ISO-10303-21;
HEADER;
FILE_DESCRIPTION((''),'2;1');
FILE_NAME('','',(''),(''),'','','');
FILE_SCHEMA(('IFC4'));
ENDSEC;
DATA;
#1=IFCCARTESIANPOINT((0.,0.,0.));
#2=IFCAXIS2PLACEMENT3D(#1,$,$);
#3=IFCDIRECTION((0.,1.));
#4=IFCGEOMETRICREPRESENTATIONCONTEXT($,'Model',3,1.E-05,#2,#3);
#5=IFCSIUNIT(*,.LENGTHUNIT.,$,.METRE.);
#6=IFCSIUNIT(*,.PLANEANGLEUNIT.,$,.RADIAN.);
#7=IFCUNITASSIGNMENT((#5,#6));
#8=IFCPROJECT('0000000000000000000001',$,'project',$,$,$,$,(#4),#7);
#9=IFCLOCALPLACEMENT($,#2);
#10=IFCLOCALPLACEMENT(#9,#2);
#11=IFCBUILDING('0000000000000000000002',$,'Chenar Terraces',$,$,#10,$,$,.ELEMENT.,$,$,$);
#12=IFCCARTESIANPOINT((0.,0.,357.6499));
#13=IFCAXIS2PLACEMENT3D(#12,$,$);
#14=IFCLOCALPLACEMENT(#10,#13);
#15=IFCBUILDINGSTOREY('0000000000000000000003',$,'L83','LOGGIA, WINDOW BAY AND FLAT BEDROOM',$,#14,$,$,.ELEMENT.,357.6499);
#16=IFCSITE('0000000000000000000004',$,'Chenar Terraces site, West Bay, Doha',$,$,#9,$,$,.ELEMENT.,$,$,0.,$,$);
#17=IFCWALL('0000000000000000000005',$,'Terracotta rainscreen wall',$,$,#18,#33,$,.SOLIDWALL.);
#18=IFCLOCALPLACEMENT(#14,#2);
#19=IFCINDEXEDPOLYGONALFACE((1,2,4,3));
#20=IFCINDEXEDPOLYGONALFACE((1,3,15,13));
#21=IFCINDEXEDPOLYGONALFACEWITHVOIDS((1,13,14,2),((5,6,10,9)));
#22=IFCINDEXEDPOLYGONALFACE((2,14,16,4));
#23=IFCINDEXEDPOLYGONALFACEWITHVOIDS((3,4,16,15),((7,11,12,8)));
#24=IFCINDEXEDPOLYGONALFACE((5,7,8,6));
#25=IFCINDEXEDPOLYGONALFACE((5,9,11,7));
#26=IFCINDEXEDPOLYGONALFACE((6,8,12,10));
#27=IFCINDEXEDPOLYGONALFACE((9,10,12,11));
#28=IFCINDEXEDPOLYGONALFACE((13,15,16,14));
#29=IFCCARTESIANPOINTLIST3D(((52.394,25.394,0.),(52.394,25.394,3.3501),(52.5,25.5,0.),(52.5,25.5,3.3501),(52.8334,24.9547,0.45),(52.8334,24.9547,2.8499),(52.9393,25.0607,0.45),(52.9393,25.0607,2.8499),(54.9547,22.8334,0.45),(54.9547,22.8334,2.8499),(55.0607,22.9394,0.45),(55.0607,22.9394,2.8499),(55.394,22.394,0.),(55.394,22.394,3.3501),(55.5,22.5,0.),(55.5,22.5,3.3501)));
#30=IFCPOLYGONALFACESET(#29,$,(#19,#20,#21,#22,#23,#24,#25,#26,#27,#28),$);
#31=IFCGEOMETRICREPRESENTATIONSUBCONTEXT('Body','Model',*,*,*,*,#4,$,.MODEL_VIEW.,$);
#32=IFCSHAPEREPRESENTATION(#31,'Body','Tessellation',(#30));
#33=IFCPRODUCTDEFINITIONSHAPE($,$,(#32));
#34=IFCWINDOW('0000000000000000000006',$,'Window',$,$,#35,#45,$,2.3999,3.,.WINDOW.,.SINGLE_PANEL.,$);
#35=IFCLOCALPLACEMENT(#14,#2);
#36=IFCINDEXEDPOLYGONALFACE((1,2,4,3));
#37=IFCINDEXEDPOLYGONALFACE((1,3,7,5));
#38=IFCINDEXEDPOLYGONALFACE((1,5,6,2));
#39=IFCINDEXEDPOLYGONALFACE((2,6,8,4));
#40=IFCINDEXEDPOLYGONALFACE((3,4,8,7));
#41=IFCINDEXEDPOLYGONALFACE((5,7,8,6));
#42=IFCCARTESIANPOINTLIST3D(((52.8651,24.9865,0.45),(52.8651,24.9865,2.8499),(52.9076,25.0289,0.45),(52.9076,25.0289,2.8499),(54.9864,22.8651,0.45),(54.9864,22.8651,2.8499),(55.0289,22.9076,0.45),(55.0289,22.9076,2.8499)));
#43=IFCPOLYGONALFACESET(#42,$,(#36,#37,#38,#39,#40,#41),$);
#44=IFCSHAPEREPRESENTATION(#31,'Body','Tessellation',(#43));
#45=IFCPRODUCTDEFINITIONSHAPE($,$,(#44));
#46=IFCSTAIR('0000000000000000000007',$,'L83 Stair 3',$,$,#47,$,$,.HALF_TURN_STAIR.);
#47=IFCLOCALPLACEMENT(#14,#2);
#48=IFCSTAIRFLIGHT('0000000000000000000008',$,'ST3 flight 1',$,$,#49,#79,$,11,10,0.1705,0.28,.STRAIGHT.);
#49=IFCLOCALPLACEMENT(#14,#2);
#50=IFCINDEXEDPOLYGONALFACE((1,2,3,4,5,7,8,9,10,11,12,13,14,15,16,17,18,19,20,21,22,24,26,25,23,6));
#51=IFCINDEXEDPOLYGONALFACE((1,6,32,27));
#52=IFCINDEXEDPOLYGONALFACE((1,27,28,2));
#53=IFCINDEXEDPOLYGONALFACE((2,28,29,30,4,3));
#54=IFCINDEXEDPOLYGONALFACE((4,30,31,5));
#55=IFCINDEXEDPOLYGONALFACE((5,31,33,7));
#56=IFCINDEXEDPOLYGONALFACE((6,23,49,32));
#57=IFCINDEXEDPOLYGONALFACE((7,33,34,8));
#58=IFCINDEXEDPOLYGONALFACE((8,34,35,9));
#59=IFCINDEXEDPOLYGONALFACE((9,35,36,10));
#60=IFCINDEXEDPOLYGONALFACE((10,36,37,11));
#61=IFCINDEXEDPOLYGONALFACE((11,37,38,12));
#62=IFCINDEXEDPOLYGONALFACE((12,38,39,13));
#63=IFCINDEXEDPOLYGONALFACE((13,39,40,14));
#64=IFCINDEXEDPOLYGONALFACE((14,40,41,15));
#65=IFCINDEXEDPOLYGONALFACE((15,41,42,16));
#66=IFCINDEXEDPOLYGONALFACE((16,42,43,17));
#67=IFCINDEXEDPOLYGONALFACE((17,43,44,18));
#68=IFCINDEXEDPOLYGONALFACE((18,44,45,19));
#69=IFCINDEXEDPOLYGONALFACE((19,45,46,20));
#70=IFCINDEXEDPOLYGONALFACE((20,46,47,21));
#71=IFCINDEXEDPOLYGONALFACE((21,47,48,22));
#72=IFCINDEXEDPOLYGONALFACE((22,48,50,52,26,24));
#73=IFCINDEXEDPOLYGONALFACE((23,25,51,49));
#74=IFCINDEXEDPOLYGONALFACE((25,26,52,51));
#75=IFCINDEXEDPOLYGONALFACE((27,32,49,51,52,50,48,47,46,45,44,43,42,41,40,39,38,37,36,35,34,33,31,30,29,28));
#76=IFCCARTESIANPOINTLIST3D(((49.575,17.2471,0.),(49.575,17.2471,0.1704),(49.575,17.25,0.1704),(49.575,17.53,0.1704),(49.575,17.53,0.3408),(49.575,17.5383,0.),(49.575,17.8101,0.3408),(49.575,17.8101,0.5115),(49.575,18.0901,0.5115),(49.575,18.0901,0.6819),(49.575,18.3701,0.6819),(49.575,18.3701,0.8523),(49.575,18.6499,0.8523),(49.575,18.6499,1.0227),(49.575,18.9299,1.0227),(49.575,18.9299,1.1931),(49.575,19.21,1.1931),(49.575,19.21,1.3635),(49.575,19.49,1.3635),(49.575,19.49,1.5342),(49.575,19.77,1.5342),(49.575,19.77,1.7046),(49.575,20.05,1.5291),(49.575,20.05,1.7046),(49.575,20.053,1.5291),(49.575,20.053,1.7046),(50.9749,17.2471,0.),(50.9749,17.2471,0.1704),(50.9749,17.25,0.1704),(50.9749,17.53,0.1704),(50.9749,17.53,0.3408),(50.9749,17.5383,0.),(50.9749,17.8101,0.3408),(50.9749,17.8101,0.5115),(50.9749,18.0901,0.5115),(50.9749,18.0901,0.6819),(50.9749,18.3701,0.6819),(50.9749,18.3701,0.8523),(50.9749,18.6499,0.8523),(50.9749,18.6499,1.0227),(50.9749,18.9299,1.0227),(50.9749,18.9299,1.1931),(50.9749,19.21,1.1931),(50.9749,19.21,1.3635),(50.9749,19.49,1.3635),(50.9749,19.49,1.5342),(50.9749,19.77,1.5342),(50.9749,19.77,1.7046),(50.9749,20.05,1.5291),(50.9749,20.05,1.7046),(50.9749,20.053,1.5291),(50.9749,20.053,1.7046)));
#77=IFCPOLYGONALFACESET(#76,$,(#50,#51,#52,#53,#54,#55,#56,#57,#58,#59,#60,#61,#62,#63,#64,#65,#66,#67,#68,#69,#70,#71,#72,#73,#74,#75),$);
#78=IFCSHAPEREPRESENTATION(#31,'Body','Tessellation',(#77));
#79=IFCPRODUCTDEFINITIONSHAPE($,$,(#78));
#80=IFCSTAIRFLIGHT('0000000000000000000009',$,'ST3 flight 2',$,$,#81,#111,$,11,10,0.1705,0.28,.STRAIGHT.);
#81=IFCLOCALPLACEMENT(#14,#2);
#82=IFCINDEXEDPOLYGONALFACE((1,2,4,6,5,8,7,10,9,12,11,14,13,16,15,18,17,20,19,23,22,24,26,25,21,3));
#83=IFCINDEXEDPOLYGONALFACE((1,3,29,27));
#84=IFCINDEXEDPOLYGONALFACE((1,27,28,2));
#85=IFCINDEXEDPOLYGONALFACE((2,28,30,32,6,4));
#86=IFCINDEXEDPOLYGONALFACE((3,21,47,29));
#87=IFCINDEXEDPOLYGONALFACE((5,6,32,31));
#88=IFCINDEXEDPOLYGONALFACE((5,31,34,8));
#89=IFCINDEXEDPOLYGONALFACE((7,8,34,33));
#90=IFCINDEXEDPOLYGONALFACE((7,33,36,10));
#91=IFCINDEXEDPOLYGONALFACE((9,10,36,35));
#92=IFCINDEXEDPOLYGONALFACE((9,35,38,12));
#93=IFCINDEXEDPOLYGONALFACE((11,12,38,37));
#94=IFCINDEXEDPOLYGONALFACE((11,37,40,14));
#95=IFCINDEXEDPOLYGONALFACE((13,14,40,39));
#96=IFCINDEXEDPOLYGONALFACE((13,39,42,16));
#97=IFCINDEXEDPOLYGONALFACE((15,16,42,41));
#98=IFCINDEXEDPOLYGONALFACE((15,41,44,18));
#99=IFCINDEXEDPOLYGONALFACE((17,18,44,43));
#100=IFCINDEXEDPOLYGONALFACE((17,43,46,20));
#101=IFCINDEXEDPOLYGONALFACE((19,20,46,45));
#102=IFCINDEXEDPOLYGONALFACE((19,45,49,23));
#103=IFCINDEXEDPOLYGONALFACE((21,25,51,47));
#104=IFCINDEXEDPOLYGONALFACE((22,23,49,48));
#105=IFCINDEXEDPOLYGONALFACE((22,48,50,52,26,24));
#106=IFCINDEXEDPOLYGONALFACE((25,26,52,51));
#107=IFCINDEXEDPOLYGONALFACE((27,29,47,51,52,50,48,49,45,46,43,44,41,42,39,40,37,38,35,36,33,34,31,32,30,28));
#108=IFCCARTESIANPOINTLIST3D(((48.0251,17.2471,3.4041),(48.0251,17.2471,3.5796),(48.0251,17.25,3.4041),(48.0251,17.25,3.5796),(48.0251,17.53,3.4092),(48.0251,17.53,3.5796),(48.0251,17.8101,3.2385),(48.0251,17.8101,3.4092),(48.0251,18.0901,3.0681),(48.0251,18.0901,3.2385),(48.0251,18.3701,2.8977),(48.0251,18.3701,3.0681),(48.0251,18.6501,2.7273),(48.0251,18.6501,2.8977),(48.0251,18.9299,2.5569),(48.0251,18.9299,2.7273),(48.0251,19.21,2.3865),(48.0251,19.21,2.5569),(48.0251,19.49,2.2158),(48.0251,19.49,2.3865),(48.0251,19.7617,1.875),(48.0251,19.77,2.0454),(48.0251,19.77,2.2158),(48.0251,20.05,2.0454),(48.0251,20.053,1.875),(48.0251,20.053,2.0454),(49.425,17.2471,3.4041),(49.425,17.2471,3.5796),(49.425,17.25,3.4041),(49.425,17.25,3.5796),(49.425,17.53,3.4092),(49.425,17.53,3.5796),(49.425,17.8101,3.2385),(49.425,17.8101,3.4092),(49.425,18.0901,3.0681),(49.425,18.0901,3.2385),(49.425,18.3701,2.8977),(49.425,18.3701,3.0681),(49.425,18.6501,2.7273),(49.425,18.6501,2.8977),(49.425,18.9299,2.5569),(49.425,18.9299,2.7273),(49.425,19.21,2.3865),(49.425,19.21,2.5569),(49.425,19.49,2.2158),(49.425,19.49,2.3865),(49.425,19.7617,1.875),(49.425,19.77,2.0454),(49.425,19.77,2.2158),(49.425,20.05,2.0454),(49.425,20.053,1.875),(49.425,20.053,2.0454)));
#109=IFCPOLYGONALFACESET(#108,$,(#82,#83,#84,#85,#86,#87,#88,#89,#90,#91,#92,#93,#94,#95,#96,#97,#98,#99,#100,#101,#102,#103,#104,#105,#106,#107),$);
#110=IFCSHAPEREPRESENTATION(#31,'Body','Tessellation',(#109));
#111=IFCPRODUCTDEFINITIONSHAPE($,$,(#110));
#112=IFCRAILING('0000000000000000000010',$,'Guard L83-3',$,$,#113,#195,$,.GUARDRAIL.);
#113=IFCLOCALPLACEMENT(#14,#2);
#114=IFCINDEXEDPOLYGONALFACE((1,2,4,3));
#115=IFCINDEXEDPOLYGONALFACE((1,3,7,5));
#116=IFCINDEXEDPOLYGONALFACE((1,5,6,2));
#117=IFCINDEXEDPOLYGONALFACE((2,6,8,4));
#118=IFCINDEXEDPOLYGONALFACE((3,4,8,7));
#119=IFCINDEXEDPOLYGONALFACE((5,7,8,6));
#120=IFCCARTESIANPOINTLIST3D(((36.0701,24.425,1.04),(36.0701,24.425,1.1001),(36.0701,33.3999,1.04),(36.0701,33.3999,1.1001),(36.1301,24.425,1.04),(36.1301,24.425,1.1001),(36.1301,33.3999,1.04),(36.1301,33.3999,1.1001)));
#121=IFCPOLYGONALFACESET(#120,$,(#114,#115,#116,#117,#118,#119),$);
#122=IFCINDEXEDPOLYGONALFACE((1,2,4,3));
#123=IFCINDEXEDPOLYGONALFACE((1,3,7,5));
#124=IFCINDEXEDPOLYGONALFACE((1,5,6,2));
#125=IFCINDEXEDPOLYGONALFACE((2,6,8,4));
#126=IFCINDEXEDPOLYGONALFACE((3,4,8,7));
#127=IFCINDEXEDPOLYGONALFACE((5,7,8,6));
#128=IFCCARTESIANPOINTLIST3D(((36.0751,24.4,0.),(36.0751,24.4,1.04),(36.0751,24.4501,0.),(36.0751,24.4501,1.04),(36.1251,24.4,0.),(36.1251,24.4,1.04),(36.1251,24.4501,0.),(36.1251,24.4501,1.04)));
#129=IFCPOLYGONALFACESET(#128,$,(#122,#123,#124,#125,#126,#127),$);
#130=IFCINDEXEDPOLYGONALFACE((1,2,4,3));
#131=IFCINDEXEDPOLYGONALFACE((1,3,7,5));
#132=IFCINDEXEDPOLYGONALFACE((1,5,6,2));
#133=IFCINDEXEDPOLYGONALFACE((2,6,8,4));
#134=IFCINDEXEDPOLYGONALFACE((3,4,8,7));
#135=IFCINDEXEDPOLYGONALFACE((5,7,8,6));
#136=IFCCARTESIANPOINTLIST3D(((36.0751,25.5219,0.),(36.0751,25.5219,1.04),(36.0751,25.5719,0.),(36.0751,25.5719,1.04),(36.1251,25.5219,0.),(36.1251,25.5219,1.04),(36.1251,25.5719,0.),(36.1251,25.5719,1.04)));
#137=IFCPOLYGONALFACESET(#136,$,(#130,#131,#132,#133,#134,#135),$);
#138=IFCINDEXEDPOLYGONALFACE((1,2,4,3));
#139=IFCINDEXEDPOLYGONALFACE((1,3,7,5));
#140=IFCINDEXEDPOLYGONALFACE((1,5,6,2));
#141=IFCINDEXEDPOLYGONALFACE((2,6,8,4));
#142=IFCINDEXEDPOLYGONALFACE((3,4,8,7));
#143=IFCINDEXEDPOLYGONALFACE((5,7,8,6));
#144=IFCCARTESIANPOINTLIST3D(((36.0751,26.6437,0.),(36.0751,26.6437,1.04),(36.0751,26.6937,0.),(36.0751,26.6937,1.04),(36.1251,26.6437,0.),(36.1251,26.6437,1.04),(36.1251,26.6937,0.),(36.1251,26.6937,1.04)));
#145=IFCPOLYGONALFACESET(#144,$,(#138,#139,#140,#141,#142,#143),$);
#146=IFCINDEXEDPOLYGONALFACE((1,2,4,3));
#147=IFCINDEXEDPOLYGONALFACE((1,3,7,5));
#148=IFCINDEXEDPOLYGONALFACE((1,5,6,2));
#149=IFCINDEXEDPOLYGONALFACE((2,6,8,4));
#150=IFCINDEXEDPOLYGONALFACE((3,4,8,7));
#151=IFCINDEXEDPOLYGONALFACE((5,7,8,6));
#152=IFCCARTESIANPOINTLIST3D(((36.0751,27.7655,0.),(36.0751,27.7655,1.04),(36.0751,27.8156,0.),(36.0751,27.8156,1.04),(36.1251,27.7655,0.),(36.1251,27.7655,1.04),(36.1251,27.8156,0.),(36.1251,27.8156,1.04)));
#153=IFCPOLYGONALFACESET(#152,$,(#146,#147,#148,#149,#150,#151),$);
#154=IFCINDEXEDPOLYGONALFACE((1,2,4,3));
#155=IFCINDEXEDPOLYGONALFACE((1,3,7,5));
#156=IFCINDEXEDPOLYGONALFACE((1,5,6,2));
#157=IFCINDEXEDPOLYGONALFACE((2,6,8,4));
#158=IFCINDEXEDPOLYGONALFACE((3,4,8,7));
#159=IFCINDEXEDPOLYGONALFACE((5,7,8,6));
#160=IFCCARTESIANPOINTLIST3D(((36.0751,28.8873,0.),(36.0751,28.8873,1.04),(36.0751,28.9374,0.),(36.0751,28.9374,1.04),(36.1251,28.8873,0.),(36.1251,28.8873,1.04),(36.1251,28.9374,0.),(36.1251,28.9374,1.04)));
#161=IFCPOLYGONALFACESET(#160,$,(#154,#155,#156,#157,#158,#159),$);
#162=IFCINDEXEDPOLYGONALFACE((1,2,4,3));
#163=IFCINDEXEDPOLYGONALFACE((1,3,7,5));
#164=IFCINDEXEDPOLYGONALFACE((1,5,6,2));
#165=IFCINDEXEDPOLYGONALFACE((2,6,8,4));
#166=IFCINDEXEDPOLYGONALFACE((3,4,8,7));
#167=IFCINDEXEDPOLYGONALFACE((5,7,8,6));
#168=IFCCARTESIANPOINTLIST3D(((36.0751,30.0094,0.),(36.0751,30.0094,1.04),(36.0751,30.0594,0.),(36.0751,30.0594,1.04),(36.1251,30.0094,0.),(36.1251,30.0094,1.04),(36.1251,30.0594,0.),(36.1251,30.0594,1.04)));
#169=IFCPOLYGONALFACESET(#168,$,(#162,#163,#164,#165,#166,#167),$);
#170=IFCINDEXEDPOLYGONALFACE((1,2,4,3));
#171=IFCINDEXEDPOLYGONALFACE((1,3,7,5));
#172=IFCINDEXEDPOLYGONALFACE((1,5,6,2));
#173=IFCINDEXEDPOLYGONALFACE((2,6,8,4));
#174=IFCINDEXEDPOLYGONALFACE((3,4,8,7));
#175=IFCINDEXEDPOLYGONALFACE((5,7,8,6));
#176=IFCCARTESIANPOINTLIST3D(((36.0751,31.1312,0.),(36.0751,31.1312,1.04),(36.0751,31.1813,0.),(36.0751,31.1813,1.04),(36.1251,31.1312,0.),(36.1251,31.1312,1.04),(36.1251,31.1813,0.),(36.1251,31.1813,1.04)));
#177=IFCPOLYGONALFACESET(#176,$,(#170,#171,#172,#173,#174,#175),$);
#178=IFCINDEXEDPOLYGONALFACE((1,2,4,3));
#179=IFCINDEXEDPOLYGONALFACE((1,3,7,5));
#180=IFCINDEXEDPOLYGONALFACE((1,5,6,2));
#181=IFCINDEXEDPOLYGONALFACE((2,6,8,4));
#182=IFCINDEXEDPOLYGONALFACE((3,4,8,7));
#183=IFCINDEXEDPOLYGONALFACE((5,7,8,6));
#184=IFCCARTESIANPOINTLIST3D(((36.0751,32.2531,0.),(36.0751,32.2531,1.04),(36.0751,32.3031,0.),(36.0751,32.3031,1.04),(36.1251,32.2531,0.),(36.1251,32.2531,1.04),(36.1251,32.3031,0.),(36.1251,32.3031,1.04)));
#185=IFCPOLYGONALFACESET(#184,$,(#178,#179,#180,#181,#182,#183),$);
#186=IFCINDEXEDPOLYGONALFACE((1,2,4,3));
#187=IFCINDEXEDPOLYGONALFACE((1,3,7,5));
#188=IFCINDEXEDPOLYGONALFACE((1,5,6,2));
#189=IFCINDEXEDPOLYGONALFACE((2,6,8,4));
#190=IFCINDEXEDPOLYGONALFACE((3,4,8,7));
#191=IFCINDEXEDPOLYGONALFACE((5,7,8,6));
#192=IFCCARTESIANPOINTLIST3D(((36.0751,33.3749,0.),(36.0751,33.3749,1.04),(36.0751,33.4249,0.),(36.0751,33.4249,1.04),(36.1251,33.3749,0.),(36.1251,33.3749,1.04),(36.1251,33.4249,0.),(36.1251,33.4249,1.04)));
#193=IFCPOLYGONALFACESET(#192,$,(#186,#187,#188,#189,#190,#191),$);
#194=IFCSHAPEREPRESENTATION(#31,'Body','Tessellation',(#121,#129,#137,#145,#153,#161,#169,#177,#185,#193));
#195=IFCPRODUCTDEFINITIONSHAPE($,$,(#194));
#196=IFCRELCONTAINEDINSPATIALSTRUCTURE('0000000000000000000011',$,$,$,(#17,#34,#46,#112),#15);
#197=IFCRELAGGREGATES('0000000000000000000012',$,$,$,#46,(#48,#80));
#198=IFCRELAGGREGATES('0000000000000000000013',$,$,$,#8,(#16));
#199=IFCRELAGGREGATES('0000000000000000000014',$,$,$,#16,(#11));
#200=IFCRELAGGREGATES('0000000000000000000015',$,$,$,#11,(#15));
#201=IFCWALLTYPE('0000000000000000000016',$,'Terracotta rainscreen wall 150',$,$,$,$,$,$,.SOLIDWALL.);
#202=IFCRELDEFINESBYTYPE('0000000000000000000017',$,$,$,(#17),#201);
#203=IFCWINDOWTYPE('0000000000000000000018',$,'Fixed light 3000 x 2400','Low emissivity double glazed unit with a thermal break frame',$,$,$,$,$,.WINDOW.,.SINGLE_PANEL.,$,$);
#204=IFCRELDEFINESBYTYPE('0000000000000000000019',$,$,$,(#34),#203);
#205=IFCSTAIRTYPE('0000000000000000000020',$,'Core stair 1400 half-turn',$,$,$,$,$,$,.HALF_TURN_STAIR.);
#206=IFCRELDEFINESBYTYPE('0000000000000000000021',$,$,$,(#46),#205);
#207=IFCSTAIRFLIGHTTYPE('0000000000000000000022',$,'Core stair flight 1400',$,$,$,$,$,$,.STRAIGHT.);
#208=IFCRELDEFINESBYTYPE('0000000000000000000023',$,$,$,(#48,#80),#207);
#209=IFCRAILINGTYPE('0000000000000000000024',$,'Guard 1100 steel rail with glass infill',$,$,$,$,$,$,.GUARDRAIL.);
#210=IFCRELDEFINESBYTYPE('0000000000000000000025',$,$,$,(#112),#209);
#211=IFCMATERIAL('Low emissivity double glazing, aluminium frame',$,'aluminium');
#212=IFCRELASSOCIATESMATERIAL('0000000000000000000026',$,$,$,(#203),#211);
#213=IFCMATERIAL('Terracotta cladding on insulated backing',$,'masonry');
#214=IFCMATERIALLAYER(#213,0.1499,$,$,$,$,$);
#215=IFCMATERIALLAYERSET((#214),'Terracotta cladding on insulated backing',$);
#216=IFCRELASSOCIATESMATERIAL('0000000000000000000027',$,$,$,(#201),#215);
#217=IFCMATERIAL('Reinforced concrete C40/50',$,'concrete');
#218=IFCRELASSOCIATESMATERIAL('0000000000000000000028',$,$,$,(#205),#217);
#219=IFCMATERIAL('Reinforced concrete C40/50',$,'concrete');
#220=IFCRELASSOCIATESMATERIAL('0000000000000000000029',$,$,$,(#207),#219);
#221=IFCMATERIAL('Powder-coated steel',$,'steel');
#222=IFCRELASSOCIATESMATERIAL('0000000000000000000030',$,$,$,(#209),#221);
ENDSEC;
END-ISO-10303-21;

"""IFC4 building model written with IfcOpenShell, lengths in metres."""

from ifc_helpers import new_model, si_unit, direction, frame, frame_2d, origin, origin_2d, place, context, subcontext, project, spatial, polyline, rectangle, outline, extrude, material, layer, layer_set, type_object, element, fill, aggregate, save


model = new_model("IFC4")

# Units and contexts
model_context = context("Model", 3, precision=1e-05, world=origin(), true_north=direction((0.0, 1.0)))
body_context = subcontext(model_context, "Body", "Model", "MODEL_VIEW")
ifc_project = project(units=[si_unit("LENGTHUNIT", "METRE"), si_unit("PLANEANGLEUNIT", "RADIAN")], contexts=[model_context])

# Site, building, storey
site_placement = place(None, origin())
site = spatial("IfcSite", under=ifc_project, at=site_placement, Name="Chenar Terraces site, West Bay, Doha", CompositionType="ELEMENT", RefElevation=0.0)
building_placement = place(site_placement, origin())
building = spatial("IfcBuilding", under=site, at=building_placement, Name="Chenar Terraces", CompositionType="ELEMENT")
storey_placement = place(building_placement, frame((0.0, 0.0, 357.6499)))
storey = spatial("IfcBuildingStorey", under=building, at=storey_placement, Name="L83", Description="LOGGIA, WINDOW BAY AND FLAT BEDROOM", CompositionType="ELEMENT", Elevation=357.6499)

# Shared definitions
placement = place(storey_placement, origin())

# Shared definitions
ifc_material_1 = material(Name="Low emissivity double glazing, aluminium frame", Category="aluminium")
window_type_1 = type_object("IfcWindowType", Name="Fixed light 3000 x 2400", Description="Low emissivity double glazed unit with a thermal break frame", PartitioningType="SINGLE_PANEL", PredefinedType="WINDOW", material=ifc_material_1)

# Wall, opening, window
ifc_material_2 = material(Name="Terracotta cladding on insulated backing", Category="masonry")
ifc_layer_1 = layer(ifc_material_2, 0.1499)
ifc_layer_set_1 = layer_set([ifc_layer_1], Name="Terracotta cladding on insulated backing")
wall_type_1 = type_object("IfcWallType", Name="Terracotta rainscreen wall 150", PredefinedType="SOLIDWALL", material=ifc_layer_set_1)
wall_1_placement = place(storey_placement, frame((55.447, 22.447, 0.0), z_axis=(0.0, 0.0, 1.0), x_axis=(-0.707107, 0.707107, 0.0)))
wall_1 = element("IfcWall", 1, at=wall_1_placement, inside=storey, type_object=wall_type_1, Name="Terracotta rainscreen wall", PredefinedType="SOLIDWALL", context=body_context, shape_type="SweptSolid", body=[
    extrude(rectangle(XDim=4.2427, YDim=0.1499, at=frame_2d((2.1213, 0.0))), origin(), (0.0, 0.0, 1.0), 3.3501),
])
opening_1_placement = place(wall_1_placement, frame((0.6213, 0.0, 0.45)))
opening_1 = element("IfcOpeningElement", 2, at=opening_1_placement, cuts=wall_1, PredefinedType="OPENING", context=body_context, shape_type="SweptSolid", body=[
    extrude(rectangle(XDim=3.0, YDim=2.3999, at=frame_2d((1.5, 1.2))), frame((0.0, 0.085, 0.0), z_axis=(0.0, -1.0, 0.0), x_axis=(1.0, 0.0, 0.0)), (0.0, 0.0, 1.0), 0.1699),
])
window_1_placement = place(opening_1_placement, origin())
window_1 = element("IfcWindow", 3, at=window_1_placement, inside=storey, type_object=window_type_1, Name="Window", OverallHeight=2.3999, OverallWidth=3.0, PartitioningType="SINGLE_PANEL", PredefinedType="WINDOW", context=body_context, shape_type="SweptSolid", body=[
    extrude(rectangle(XDim=3.0, YDim=2.3999, at=frame_2d((1.5, 1.2))), frame((0.0, 0.03, 0.0), z_axis=(0.0, -1.0, 0.0), x_axis=(1.0, 0.0, 0.0)), (0.0, 0.0, 1.0), 0.0601),
])
fill(opening_1, window_1)

# Stair, stair flights
ifc_material_3 = material(Name="Reinforced concrete C40/50", Category="concrete")
stair_type = type_object("IfcStairType", Name="Core stair 1400 half-turn", PredefinedType="HALF_TURN_STAIR", material=ifc_material_3)
stair = element("IfcStair", 4, at=placement, inside=storey, type_object=stair_type, Name="L83 Stair 3", PredefinedType="HALF_TURN_STAIR")
ifc_material_4 = material(Name="Reinforced concrete C40/50", Category="concrete")
stair_flight_type = type_object("IfcStairFlightType", Name="Core stair flight 1400", PredefinedType="STRAIGHT", material=ifc_material_4)
stair_flight_1_placement = place(storey_placement, frame((50.2749, 17.25, 0.0), z_axis=(0.0, 0.0, 1.0), x_axis=(0.0, 1.0, 0.0)))
stair_flight_1 = element("IfcStairFlight", 5, at=stair_flight_1_placement, type_object=stair_flight_type, Name="ST3 flight 1", NumberOfRisers=11, NumberOfTreads=10, PredefinedType="STRAIGHT", RiserHeight=0.1705, TreadLength=0.28, context=body_context, shape_type="SweptSolid", body=[
    extrude(outline(polyline([(-0.0029, 0.0), (-0.0029, 0.1704), (0.0, 0.1704), (0.28, 0.1704), (0.28, 0.3408), (0.5601, 0.3408), (0.5601, 0.5115), (0.8401, 0.5115), (0.8401, 0.6819), (1.1201, 0.6819), (1.1201, 0.8523), (1.3999, 0.8523), (1.3999, 1.0227), (1.6799, 1.0227), (1.6799, 1.1931), (1.96, 1.1931), (1.96, 1.3635), (2.24, 1.3635), (2.24, 1.5342), (2.52, 1.5342), (2.52, 1.7046), (2.8, 1.7046), (2.803, 1.7046), (2.803, 1.5291), (2.8, 1.5291), (0.2883, 0.0), (-0.0029, 0.0)])), frame((0.0, 0.7, 0.0), z_axis=(0.0, -1.0, 0.0), x_axis=(1.0, 0.0, 0.0)), (0.0, 0.0, 1.0), 1.3999),
])
stair_flight_2_placement = place(storey_placement, frame((48.7251, 20.05, 1.875), z_axis=(0.0, 0.0, 1.0), x_axis=(0.0, -1.0, 0.0)))
stair_flight_2 = element("IfcStairFlight", 6, at=stair_flight_2_placement, type_object=stair_flight_type, Name="ST3 flight 2", NumberOfRisers=11, NumberOfTreads=10, PredefinedType="STRAIGHT", RiserHeight=0.1705, TreadLength=0.28, context=body_context, shape_type="SweptSolid", body=[
    extrude(outline(polyline([(-0.0029, 0.0), (-0.0029, 0.1704), (0.0, 0.1704), (0.28, 0.1704), (0.28, 0.3408), (0.5601, 0.3408), (0.5601, 0.5115), (0.8401, 0.5115), (0.8401, 0.6819), (1.1201, 0.6819), (1.1201, 0.8523), (1.3999, 0.8523), (1.3999, 1.0227), (1.6799, 1.0227), (1.6799, 1.1931), (1.96, 1.1931), (1.96, 1.3635), (2.24, 1.3635), (2.24, 1.5342), (2.52, 1.5342), (2.52, 1.7046), (2.8, 1.7046), (2.803, 1.7046), (2.803, 1.5291), (2.8, 1.5291), (0.2883, 0.0), (-0.0029, 0.0)])), frame((0.0, 0.7, 0.0), z_axis=(0.0, -1.0, 0.0), x_axis=(1.0, 0.0, 0.0)), (0.0, 0.0, 1.0), 1.3999),
])
aggregate(stair, [stair_flight_1, stair_flight_2])

# Railing
ifc_material_5 = material(Name="Powder-coated steel", Category="steel")
railing_type_1 = type_object("IfcRailingType", Name="Guard 1100 steel rail with glass infill", PredefinedType="GUARDRAIL", material=ifc_material_5)
railing_1_placement = place(storey_placement, frame((36.1001, 24.425, 0.0)))
element("IfcRailing", 7, at=railing_1_placement, inside=storey, type_object=railing_type_1, Name="Guard L83-3", PredefinedType="GUARDRAIL", context=body_context, shape_type="SweptSolid", body=[
    extrude(rectangle(XDim=0.0601, YDim=0.0601, at=origin_2d()), frame((0.0, 0.0, 1.0701), z_axis=(0.0, 1.0, 0.0), x_axis=(-1.0, 0.0, 0.0)), (0.0, 0.0, 1.0), 8.9749),
    extrude(rectangle(XDim=0.05, YDim=0.05, at=origin_2d()), origin(), (0.0, 0.0, 1.0), 1.04),
    extrude(rectangle(XDim=0.05, YDim=0.05, at=origin_2d()), frame((0.0, 1.1218, 0.0)), (0.0, 0.0, 1.0), 1.04),
    extrude(rectangle(XDim=0.05, YDim=0.05, at=origin_2d()), frame((0.0, 2.2437, 0.0)), (0.0, 0.0, 1.0), 1.04),
    extrude(rectangle(XDim=0.05, YDim=0.05, at=origin_2d()), frame((0.0, 3.3655, 0.0)), (0.0, 0.0, 1.0), 1.04),
    extrude(rectangle(XDim=0.05, YDim=0.05, at=origin_2d()), frame((0.0, 4.4873, 0.0)), (0.0, 0.0, 1.0), 1.04),
    extrude(rectangle(XDim=0.05, YDim=0.05, at=origin_2d()), frame((0.0, 5.6094, 0.0)), (0.0, 0.0, 1.0), 1.04),
    extrude(rectangle(XDim=0.05, YDim=0.05, at=origin_2d()), frame((0.0, 6.7312, 0.0)), (0.0, 0.0, 1.0), 1.04),
    extrude(rectangle(XDim=0.05, YDim=0.05, at=origin_2d()), frame((0.0, 7.853, 0.0)), (0.0, 0.0, 1.0), 1.04),
    extrude(rectangle(XDim=0.05, YDim=0.05, at=origin_2d()), frame((0.0, 8.9749, 0.0)), (0.0, 0.0, 1.0), 1.04),
])

save(model, "model.ifc")
